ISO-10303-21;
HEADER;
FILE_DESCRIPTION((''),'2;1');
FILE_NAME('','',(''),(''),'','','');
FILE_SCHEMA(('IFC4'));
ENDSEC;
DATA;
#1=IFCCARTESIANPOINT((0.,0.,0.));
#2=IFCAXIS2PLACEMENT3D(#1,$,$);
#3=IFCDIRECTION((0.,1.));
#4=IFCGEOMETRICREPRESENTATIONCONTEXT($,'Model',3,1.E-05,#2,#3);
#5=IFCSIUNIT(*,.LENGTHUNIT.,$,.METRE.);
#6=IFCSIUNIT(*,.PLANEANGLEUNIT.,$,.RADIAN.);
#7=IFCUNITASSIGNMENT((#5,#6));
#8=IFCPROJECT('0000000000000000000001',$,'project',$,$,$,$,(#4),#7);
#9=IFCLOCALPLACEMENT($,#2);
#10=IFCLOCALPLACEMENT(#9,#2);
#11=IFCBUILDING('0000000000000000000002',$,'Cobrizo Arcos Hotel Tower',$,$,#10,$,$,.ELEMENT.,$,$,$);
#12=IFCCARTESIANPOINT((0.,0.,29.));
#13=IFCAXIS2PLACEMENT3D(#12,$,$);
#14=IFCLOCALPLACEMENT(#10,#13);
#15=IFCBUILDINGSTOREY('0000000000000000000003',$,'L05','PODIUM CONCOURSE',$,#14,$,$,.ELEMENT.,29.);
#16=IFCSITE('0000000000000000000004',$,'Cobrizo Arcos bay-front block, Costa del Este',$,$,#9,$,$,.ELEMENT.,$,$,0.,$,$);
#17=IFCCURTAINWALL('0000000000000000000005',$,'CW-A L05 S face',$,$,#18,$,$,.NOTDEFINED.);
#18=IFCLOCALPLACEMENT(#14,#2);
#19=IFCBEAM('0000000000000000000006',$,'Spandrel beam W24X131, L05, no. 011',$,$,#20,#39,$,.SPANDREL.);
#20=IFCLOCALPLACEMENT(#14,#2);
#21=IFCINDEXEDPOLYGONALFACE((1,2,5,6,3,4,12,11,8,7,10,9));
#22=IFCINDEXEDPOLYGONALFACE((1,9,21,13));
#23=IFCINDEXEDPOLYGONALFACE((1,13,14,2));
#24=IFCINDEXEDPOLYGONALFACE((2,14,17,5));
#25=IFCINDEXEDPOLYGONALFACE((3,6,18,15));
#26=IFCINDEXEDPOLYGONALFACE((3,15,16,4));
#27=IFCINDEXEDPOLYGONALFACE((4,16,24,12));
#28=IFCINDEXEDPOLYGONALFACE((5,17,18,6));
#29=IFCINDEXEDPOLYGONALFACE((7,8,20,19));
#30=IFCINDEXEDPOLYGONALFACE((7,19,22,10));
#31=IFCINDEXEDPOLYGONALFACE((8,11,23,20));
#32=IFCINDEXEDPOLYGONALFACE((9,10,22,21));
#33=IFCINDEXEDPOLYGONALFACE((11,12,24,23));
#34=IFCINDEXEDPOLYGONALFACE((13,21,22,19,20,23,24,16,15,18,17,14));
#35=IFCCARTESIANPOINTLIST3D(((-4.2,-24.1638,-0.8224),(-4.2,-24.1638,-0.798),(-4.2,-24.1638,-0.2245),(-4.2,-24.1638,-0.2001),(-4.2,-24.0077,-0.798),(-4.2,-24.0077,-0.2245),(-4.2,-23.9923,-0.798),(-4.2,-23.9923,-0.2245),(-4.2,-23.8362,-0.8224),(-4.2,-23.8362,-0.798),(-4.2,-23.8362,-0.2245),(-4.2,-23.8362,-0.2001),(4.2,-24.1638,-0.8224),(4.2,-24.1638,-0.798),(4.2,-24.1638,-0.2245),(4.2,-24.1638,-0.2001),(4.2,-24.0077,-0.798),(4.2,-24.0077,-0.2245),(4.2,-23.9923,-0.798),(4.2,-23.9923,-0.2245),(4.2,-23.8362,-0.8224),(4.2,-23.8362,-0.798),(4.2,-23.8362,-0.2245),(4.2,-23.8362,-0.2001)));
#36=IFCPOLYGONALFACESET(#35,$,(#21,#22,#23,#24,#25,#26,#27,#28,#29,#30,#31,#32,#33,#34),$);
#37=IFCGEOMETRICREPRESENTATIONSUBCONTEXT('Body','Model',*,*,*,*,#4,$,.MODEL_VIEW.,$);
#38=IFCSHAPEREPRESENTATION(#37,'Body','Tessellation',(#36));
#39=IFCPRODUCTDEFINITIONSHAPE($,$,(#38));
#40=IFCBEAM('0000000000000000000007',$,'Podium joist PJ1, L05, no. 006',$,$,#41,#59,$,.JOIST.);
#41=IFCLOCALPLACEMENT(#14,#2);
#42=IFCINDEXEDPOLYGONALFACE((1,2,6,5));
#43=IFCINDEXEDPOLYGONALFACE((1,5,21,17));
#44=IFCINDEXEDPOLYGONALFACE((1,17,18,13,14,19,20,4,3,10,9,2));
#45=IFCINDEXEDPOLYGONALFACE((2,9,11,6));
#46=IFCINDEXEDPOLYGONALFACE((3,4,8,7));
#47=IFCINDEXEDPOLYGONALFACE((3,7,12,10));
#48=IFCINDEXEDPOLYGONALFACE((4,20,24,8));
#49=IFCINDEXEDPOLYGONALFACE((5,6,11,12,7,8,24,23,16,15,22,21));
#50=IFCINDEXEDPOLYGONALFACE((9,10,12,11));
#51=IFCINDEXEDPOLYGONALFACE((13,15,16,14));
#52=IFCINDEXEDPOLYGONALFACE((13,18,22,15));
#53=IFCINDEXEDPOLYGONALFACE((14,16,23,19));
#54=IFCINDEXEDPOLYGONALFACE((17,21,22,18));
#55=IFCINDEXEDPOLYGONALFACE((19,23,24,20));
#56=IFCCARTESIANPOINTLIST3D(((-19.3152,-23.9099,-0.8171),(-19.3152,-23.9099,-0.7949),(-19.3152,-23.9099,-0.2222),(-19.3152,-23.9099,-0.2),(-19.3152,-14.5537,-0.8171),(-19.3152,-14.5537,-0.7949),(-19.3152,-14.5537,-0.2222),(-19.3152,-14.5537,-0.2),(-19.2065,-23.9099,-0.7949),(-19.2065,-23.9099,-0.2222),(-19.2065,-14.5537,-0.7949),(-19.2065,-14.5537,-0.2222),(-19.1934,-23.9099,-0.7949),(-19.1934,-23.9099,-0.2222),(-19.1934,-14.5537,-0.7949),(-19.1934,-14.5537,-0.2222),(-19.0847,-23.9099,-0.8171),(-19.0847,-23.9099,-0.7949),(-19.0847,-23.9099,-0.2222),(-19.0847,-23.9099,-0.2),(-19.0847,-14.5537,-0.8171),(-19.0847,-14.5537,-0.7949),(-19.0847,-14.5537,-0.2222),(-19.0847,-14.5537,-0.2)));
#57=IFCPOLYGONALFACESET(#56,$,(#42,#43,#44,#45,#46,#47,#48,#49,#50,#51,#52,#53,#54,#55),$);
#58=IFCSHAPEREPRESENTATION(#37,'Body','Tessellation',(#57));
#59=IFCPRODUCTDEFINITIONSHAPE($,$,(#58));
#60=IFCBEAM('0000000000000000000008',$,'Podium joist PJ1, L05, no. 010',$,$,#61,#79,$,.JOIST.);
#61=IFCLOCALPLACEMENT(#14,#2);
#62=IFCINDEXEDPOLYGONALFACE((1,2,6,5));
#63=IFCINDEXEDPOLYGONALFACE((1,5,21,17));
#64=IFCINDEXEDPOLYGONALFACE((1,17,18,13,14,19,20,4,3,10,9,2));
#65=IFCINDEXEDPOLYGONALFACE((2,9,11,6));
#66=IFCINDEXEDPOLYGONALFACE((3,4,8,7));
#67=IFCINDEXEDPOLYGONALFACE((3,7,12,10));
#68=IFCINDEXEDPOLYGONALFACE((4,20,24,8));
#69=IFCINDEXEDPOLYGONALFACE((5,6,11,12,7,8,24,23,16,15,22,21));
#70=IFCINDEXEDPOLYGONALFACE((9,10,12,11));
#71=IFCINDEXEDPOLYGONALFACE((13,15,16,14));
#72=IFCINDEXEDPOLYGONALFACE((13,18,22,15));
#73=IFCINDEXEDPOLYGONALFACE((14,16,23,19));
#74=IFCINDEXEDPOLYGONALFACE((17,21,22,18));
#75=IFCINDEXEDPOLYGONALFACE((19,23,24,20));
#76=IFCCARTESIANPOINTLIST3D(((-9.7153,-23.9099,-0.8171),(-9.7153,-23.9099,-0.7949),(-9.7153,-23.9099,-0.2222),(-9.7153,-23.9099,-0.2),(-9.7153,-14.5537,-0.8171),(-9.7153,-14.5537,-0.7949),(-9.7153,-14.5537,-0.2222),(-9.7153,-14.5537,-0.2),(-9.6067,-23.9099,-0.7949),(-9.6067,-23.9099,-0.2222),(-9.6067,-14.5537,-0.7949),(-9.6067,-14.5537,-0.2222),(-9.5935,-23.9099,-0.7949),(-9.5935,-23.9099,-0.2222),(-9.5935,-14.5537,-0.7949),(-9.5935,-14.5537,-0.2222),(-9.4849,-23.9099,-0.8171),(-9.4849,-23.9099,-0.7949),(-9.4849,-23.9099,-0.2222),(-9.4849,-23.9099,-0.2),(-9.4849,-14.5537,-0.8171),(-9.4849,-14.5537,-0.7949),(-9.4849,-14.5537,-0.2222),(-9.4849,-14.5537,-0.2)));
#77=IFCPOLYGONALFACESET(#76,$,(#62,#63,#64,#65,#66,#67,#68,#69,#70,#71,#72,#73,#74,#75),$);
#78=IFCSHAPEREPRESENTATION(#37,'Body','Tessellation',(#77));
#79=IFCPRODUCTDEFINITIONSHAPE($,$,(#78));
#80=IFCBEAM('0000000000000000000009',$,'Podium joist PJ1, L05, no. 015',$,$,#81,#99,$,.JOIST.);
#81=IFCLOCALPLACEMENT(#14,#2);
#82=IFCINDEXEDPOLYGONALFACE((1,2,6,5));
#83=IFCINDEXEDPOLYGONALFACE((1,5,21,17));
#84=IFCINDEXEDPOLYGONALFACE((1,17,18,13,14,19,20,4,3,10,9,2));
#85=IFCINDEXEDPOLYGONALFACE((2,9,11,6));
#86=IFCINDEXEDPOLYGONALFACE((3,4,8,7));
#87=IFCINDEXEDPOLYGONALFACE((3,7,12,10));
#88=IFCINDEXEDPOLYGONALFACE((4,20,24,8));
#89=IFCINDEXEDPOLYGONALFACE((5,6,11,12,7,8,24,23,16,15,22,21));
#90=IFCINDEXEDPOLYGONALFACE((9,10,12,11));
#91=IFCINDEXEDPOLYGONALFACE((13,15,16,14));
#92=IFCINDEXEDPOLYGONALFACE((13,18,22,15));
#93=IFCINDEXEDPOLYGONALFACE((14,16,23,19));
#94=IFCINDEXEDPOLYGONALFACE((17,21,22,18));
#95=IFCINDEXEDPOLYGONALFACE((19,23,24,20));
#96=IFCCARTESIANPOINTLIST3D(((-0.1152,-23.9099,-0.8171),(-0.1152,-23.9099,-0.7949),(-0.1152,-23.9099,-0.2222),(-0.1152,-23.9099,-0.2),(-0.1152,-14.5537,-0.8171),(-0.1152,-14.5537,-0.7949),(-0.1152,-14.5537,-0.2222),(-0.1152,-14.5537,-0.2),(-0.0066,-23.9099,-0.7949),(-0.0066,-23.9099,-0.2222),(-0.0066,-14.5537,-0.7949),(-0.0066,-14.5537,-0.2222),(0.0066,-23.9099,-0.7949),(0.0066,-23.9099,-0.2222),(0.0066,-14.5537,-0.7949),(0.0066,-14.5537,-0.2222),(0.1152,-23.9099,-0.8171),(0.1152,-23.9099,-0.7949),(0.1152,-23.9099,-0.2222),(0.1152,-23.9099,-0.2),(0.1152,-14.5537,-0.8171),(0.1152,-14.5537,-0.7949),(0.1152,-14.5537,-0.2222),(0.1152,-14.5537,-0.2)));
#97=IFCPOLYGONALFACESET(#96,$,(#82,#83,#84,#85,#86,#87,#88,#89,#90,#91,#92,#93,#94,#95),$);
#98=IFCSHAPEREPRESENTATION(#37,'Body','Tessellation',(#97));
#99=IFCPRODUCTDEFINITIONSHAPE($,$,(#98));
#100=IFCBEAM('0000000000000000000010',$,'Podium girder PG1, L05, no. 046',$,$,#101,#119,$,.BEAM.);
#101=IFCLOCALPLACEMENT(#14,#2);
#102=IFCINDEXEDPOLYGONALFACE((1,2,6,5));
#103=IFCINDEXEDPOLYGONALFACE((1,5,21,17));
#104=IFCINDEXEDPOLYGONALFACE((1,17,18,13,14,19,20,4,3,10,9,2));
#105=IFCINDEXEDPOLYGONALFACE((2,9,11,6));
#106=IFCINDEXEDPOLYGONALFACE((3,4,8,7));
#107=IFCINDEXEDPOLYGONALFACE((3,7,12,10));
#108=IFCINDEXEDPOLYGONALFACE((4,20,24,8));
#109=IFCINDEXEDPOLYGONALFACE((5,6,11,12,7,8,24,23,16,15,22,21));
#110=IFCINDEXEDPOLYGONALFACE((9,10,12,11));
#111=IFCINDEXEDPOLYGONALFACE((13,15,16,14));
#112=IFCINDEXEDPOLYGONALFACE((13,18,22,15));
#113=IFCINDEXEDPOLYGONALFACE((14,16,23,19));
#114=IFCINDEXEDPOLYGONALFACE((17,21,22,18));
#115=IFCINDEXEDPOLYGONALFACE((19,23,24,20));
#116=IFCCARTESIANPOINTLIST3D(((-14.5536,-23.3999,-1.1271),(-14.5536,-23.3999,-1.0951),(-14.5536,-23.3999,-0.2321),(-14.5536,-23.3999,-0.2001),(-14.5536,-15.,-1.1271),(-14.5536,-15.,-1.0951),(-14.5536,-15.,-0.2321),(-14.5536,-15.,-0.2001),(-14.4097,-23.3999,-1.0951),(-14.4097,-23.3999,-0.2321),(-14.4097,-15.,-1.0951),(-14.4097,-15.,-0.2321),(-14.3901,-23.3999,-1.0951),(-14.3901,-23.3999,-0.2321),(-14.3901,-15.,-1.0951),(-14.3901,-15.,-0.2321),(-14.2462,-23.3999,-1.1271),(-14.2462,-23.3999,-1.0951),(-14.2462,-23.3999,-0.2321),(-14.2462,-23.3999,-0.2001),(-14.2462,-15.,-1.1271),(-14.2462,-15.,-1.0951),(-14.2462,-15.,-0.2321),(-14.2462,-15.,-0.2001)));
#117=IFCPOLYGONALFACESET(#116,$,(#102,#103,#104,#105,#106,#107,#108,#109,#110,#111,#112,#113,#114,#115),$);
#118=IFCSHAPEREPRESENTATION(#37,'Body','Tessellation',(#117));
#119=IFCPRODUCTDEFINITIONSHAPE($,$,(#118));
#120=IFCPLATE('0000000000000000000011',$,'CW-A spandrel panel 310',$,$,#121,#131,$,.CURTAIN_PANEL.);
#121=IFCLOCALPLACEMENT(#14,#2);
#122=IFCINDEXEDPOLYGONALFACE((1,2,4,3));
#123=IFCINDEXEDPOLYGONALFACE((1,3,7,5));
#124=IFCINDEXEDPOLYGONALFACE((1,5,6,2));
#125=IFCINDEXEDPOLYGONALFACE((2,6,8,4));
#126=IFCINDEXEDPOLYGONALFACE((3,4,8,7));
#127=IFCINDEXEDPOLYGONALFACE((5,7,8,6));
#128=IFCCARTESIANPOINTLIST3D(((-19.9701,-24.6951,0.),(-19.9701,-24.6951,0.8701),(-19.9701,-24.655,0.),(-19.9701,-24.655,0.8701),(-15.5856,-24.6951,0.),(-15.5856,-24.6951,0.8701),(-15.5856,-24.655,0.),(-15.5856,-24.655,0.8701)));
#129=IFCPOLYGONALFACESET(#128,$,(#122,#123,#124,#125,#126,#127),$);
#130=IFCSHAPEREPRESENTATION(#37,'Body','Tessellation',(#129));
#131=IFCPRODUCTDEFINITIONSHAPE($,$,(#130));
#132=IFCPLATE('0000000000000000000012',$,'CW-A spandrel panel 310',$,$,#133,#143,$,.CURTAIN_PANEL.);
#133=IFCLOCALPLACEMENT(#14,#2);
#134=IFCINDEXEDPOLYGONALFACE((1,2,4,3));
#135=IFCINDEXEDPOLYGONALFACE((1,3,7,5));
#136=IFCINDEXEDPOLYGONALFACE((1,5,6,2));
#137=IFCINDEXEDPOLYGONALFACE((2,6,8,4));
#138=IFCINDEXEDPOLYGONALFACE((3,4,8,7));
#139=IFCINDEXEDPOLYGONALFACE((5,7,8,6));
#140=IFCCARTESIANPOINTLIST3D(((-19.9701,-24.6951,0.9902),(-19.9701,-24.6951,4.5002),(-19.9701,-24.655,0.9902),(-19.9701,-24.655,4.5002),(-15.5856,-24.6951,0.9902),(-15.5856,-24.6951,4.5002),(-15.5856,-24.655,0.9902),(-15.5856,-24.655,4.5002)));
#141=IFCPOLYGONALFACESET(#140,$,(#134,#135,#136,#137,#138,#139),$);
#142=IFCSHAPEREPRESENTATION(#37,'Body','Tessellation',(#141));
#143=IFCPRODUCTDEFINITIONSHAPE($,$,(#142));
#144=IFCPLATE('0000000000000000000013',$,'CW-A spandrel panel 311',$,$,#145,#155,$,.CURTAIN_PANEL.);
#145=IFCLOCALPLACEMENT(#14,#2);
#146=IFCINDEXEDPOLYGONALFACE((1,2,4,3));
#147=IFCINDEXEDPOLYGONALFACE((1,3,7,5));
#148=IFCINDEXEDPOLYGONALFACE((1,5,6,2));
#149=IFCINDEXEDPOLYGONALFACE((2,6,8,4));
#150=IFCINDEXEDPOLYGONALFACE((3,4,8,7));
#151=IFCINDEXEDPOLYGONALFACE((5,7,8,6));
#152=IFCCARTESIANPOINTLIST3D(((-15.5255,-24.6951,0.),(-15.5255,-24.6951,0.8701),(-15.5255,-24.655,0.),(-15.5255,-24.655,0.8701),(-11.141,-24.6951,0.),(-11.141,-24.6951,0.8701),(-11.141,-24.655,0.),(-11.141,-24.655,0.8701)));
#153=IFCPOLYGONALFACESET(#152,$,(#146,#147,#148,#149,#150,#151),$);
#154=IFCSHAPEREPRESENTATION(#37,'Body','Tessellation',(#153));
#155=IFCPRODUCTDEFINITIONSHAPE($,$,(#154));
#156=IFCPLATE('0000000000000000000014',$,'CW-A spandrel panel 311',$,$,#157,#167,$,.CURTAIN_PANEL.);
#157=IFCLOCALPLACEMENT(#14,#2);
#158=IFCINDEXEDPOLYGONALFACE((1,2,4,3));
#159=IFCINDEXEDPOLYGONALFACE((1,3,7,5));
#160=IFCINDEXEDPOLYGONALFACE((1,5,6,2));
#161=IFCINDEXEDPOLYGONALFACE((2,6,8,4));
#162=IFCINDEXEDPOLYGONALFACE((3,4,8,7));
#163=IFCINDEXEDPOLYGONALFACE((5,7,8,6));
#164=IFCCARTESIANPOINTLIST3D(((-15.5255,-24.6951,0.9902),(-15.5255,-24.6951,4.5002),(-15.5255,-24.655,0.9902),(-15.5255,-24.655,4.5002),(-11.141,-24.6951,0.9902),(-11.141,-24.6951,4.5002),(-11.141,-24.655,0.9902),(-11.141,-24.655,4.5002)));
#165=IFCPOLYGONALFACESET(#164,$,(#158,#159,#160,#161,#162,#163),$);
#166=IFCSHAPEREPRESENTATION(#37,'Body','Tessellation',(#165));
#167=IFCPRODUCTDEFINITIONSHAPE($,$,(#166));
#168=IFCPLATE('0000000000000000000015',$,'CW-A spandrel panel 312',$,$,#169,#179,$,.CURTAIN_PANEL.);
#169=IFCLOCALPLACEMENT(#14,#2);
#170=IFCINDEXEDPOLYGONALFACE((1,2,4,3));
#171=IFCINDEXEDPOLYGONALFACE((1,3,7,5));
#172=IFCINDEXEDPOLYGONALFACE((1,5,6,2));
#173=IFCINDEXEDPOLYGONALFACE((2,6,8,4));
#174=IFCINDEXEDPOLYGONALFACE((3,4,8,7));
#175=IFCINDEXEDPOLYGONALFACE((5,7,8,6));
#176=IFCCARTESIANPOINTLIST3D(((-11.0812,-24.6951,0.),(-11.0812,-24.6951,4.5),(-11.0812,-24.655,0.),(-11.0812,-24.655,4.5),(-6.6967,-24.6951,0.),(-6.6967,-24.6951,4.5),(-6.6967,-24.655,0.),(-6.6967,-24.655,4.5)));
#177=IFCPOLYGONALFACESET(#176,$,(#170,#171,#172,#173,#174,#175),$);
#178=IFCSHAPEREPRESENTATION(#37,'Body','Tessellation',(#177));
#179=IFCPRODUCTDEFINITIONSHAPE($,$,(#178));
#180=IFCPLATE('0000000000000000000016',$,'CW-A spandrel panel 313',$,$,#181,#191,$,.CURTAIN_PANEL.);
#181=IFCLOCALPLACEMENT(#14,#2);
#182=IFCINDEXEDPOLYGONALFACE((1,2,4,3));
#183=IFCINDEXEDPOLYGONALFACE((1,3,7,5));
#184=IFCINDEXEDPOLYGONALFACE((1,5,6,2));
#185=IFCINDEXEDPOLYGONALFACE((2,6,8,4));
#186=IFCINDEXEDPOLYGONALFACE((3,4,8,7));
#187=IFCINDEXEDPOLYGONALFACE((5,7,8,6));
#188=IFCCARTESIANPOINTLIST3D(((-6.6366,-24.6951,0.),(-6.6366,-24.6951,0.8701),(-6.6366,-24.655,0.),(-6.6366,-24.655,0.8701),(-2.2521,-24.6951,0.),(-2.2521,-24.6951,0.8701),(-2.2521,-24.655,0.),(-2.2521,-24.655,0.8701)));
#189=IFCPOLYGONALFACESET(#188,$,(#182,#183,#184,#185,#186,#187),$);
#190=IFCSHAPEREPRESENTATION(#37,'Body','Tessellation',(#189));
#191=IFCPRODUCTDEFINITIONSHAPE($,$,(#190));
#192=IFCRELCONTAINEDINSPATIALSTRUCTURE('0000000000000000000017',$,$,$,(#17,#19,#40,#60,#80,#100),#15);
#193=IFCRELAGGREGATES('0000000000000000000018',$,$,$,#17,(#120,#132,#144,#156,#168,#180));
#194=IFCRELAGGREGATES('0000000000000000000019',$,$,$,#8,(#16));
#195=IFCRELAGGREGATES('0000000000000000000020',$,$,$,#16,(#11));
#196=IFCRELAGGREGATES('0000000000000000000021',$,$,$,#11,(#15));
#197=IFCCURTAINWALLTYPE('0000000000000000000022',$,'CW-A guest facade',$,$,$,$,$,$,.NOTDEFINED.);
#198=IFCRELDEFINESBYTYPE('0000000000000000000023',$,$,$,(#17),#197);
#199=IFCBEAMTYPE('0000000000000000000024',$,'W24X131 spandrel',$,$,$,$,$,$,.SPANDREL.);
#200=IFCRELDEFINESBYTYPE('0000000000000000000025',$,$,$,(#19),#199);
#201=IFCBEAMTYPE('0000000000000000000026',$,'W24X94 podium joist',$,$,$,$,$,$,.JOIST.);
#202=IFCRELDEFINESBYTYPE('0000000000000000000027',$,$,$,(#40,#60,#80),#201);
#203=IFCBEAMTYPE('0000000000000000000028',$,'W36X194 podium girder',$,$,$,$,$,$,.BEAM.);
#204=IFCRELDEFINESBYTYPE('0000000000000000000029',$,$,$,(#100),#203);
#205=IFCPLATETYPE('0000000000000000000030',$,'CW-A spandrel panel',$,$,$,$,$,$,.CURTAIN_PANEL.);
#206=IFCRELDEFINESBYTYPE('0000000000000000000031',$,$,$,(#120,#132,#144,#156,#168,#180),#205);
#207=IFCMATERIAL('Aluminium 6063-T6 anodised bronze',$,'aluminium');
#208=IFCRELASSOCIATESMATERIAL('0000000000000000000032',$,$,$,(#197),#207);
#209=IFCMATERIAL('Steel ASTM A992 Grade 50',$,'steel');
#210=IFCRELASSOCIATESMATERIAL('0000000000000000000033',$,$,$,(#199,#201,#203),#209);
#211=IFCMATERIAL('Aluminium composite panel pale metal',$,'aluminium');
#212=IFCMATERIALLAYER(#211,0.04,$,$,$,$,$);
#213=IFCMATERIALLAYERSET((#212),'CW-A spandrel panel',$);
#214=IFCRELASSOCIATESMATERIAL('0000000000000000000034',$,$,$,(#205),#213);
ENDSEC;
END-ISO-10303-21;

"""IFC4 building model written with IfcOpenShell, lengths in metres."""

from ifc_helpers import new_model, si_unit, direction, frame, origin, origin_2d, place, context, subcontext, project, spatial, rectangle, i_section, extrude, material, layer, layer_set, material_profile, profile_set, type_object, element, aggregate, save


model = new_model("IFC4")

# Units and contexts
model_context = context("Model", 3, precision=1e-05, world=origin(), true_north=direction((0.0, 1.0)))
body_context = subcontext(model_context, "Body", "Model", "MODEL_VIEW")
ifc_project = project(units=[si_unit("LENGTHUNIT", "METRE"), si_unit("PLANEANGLEUNIT", "RADIAN")], contexts=[model_context])

# Site, building, storey
site_placement = place(None, origin())
site = spatial("IfcSite", under=ifc_project, at=site_placement, Name="Cobrizo Arcos bay-front block, Costa del Este", CompositionType="ELEMENT", RefElevation=0.0)
building_placement = place(site_placement, origin())
building = spatial("IfcBuilding", under=site, at=building_placement, Name="Cobrizo Arcos Hotel Tower", CompositionType="ELEMENT")
storey_placement = place(building_placement, frame((0.0, 0.0, 29.0)))
storey = spatial("IfcBuildingStorey", under=building, at=storey_placement, Name="L05", Description="PODIUM CONCOURSE", CompositionType="ELEMENT", Elevation=29.0)

# Curtain wall
ifc_material_1 = material(Name="Aluminium 6063-T6 anodised bronze", Category="aluminium")
curtain_wall_type = type_object("IfcCurtainWallType", Name="CW-A guest facade", PredefinedType="NOTDEFINED", material=ifc_material_1)
curtain_wall_placement = place(storey_placement, origin())
curtain_wall = element("IfcCurtainWall", 1, at=curtain_wall_placement, inside=storey, type_object=curtain_wall_type, Name="CW-A L05 S face", PredefinedType="NOTDEFINED")

# Beams
ifc_material_2 = material(Name="Steel ASTM A992 Grade 50", Category="steel")
ifc_material_profile_1 = material_profile(ifc_material_2, i_section(OverallWidth=0.3276, OverallDepth=0.6223, WebThickness=0.0154, FlangeThickness=0.0244, at=origin_2d()), Name="W24X131")
ifc_profile_set_1 = profile_set([ifc_material_profile_1], Name="Steel ASTM A992 Grade 50")
beam_type_1 = type_object("IfcBeamType", Name="W24X131 spandrel", PredefinedType="SPANDREL", material=ifc_profile_set_1)
beam_1_placement = place(storey_placement, frame((-4.2, -24.0, -0.5112), z_axis=(1.0, 0.0, 0.0), x_axis=(0.0, 1.0, 0.0)))
element("IfcBeam", 2, at=beam_1_placement, inside=storey, type_object=beam_type_1, Name="Spandrel beam W24X131, L05, no. 011", PredefinedType="SPANDREL", context=body_context, shape_type="SweptSolid", body=[
    extrude(i_section(OverallWidth=0.3276, OverallDepth=0.6223, WebThickness=0.0154, FlangeThickness=0.0244, at=origin_2d()), origin(), (0.0, 0.0, 1.0), 8.3999),
])
ifc_material_profile_2 = material_profile(ifc_material_2, i_section(OverallWidth=0.2305, OverallDepth=0.6172, WebThickness=0.0132, FlangeThickness=0.0222, at=origin_2d()), Name="W24X94")
ifc_profile_set_2 = profile_set([ifc_material_profile_2], Name="Steel ASTM A992 Grade 50")
beam_type_2 = type_object("IfcBeamType", Name="W24X94 podium joist", PredefinedType="JOIST", material=ifc_profile_set_2)
for number, where, z_axis, x_axis, name in (
    (3, (-19.2, -23.9099, -0.5085), (0.0, 1.0, 0.0), (-1.0, 0.0, 0.0), "Podium joist PJ1, L05, no. 006"),
    (4, (-9.6001, -23.9099, -0.5085), (0.0, 1.0, 0.0), (-1.0, 0.0, 0.0), "Podium joist PJ1, L05, no. 010"),
    (5, (0.0, -23.9099, -0.5085), (0.0, 1.0, 0.0), (-1.0, 0.0, 0.0), "Podium joist PJ1, L05, no. 015"),
):
    element("IfcBeam", number, at=place(storey_placement, frame(where, z_axis=z_axis, x_axis=x_axis)), inside=storey, type_object=beam_type_2, Name=name, PredefinedType="JOIST", context=body_context, shape_type="SweptSolid", body=[
        extrude(i_section(OverallWidth=0.2305, OverallDepth=0.6172, WebThickness=0.0132, FlangeThickness=0.0222, at=origin_2d()), origin(), (0.0, 0.0, 1.0), 9.3562),
    ])
ifc_material_profile_3 = material_profile(ifc_material_2, i_section(OverallWidth=0.3074, OverallDepth=0.927, WebThickness=0.0195, FlangeThickness=0.032, at=origin_2d()), Name="W36X194")
ifc_profile_set_3 = profile_set([ifc_material_profile_3], Name="Steel ASTM A992 Grade 50")
beam_type_3 = type_object("IfcBeamType", Name="W36X194 podium girder", PredefinedType="BEAM", material=ifc_profile_set_3)
beam_2_placement = place(storey_placement, frame((-14.3999, -23.3999, -0.6636), z_axis=(0.0, 1.0, 0.0), x_axis=(-1.0, 0.0, 0.0)))
element("IfcBeam", 6, at=beam_2_placement, inside=storey, type_object=beam_type_3, Name="Podium girder PG1, L05, no. 046", PredefinedType="BEAM", context=body_context, shape_type="SweptSolid", body=[
    extrude(i_section(OverallWidth=0.3074, OverallDepth=0.927, WebThickness=0.0195, FlangeThickness=0.032, at=origin_2d()), origin(), (0.0, 0.0, 1.0), 8.3999),
])

# Plates
ifc_material_3 = material(Name="Aluminium composite panel pale metal", Category="aluminium")
ifc_layer_1 = layer(ifc_material_3, 0.04)
ifc_layer_set_1 = layer_set([ifc_layer_1], Name="CW-A spandrel panel")
plate_type = type_object("IfcPlateType", Name="CW-A spandrel panel", PredefinedType="CURTAIN_PANEL", material=ifc_layer_set_1)
plate_1_placement = place(storey_placement, frame((-17.7778, -24.675, 0.0), z_axis=(0.0, 0.0, 1.0), x_axis=(1.0, 0.0, 0.0)))
plate_1 = element("IfcPlate", 7, at=plate_1_placement, type_object=plate_type, Name="CW-A spandrel panel 310", PredefinedType="CURTAIN_PANEL", context=body_context, shape_type="SweptSolid", body=[
    extrude(rectangle(XDim=4.3845, YDim=0.04, at=origin_2d()), origin(), (0.0, 0.0, 1.0), 0.8701),
])
plate_2_placement = place(storey_placement, frame((-17.7778, -24.675, 0.9902), z_axis=(0.0, 0.0, 1.0), x_axis=(1.0, 0.0, 0.0)))
plate_2 = element("IfcPlate", 8, at=plate_2_placement, type_object=plate_type, Name="CW-A spandrel panel 310", PredefinedType="CURTAIN_PANEL", context=body_context, shape_type="SweptSolid", body=[
    extrude(rectangle(XDim=4.3845, YDim=0.04, at=origin_2d()), origin(), (0.0, 0.0, 1.0), 3.51),
])
plate_3_placement = place(storey_placement, frame((-13.3333, -24.675, 0.0), z_axis=(0.0, 0.0, 1.0), x_axis=(1.0, 0.0, 0.0)))
plate_3 = element("IfcPlate", 9, at=plate_3_placement, type_object=plate_type, Name="CW-A spandrel panel 311", PredefinedType="CURTAIN_PANEL", context=body_context, shape_type="SweptSolid", body=[
    extrude(rectangle(XDim=4.3845, YDim=0.04, at=origin_2d()), origin(), (0.0, 0.0, 1.0), 0.8701),
])
plate_4_placement = place(storey_placement, frame((-13.3333, -24.675, 0.9902), z_axis=(0.0, 0.0, 1.0), x_axis=(1.0, 0.0, 0.0)))
plate_4 = element("IfcPlate", 10, at=plate_4_placement, type_object=plate_type, Name="CW-A spandrel panel 311", PredefinedType="CURTAIN_PANEL", context=body_context, shape_type="SweptSolid", body=[
    extrude(rectangle(XDim=4.3845, YDim=0.04, at=origin_2d()), origin(), (0.0, 0.0, 1.0), 3.51),
])
plate_5_placement = place(storey_placement, frame((-8.8889, -24.675, 0.0), z_axis=(0.0, 0.0, 1.0), x_axis=(1.0, 0.0, 0.0)))
plate_5 = element("IfcPlate", 11, at=plate_5_placement, type_object=plate_type, Name="CW-A spandrel panel 312", PredefinedType="CURTAIN_PANEL", context=body_context, shape_type="SweptSolid", body=[
    extrude(rectangle(XDim=4.3845, YDim=0.04, at=origin_2d()), origin(), (0.0, 0.0, 1.0), 4.5),
])
plate_6_placement = place(storey_placement, frame((-4.4443, -24.675, 0.0), z_axis=(0.0, 0.0, 1.0), x_axis=(1.0, 0.0, 0.0)))
plate_6 = element("IfcPlate", 12, at=plate_6_placement, type_object=plate_type, Name="CW-A spandrel panel 313", PredefinedType="CURTAIN_PANEL", context=body_context, shape_type="SweptSolid", body=[
    extrude(rectangle(XDim=4.3845, YDim=0.04, at=origin_2d()), origin(), (0.0, 0.0, 1.0), 0.8701),
])
aggregate(curtain_wall, [plate_1, plate_2, plate_3, plate_4, plate_5, plate_6])

save(model, "model.ifc")
